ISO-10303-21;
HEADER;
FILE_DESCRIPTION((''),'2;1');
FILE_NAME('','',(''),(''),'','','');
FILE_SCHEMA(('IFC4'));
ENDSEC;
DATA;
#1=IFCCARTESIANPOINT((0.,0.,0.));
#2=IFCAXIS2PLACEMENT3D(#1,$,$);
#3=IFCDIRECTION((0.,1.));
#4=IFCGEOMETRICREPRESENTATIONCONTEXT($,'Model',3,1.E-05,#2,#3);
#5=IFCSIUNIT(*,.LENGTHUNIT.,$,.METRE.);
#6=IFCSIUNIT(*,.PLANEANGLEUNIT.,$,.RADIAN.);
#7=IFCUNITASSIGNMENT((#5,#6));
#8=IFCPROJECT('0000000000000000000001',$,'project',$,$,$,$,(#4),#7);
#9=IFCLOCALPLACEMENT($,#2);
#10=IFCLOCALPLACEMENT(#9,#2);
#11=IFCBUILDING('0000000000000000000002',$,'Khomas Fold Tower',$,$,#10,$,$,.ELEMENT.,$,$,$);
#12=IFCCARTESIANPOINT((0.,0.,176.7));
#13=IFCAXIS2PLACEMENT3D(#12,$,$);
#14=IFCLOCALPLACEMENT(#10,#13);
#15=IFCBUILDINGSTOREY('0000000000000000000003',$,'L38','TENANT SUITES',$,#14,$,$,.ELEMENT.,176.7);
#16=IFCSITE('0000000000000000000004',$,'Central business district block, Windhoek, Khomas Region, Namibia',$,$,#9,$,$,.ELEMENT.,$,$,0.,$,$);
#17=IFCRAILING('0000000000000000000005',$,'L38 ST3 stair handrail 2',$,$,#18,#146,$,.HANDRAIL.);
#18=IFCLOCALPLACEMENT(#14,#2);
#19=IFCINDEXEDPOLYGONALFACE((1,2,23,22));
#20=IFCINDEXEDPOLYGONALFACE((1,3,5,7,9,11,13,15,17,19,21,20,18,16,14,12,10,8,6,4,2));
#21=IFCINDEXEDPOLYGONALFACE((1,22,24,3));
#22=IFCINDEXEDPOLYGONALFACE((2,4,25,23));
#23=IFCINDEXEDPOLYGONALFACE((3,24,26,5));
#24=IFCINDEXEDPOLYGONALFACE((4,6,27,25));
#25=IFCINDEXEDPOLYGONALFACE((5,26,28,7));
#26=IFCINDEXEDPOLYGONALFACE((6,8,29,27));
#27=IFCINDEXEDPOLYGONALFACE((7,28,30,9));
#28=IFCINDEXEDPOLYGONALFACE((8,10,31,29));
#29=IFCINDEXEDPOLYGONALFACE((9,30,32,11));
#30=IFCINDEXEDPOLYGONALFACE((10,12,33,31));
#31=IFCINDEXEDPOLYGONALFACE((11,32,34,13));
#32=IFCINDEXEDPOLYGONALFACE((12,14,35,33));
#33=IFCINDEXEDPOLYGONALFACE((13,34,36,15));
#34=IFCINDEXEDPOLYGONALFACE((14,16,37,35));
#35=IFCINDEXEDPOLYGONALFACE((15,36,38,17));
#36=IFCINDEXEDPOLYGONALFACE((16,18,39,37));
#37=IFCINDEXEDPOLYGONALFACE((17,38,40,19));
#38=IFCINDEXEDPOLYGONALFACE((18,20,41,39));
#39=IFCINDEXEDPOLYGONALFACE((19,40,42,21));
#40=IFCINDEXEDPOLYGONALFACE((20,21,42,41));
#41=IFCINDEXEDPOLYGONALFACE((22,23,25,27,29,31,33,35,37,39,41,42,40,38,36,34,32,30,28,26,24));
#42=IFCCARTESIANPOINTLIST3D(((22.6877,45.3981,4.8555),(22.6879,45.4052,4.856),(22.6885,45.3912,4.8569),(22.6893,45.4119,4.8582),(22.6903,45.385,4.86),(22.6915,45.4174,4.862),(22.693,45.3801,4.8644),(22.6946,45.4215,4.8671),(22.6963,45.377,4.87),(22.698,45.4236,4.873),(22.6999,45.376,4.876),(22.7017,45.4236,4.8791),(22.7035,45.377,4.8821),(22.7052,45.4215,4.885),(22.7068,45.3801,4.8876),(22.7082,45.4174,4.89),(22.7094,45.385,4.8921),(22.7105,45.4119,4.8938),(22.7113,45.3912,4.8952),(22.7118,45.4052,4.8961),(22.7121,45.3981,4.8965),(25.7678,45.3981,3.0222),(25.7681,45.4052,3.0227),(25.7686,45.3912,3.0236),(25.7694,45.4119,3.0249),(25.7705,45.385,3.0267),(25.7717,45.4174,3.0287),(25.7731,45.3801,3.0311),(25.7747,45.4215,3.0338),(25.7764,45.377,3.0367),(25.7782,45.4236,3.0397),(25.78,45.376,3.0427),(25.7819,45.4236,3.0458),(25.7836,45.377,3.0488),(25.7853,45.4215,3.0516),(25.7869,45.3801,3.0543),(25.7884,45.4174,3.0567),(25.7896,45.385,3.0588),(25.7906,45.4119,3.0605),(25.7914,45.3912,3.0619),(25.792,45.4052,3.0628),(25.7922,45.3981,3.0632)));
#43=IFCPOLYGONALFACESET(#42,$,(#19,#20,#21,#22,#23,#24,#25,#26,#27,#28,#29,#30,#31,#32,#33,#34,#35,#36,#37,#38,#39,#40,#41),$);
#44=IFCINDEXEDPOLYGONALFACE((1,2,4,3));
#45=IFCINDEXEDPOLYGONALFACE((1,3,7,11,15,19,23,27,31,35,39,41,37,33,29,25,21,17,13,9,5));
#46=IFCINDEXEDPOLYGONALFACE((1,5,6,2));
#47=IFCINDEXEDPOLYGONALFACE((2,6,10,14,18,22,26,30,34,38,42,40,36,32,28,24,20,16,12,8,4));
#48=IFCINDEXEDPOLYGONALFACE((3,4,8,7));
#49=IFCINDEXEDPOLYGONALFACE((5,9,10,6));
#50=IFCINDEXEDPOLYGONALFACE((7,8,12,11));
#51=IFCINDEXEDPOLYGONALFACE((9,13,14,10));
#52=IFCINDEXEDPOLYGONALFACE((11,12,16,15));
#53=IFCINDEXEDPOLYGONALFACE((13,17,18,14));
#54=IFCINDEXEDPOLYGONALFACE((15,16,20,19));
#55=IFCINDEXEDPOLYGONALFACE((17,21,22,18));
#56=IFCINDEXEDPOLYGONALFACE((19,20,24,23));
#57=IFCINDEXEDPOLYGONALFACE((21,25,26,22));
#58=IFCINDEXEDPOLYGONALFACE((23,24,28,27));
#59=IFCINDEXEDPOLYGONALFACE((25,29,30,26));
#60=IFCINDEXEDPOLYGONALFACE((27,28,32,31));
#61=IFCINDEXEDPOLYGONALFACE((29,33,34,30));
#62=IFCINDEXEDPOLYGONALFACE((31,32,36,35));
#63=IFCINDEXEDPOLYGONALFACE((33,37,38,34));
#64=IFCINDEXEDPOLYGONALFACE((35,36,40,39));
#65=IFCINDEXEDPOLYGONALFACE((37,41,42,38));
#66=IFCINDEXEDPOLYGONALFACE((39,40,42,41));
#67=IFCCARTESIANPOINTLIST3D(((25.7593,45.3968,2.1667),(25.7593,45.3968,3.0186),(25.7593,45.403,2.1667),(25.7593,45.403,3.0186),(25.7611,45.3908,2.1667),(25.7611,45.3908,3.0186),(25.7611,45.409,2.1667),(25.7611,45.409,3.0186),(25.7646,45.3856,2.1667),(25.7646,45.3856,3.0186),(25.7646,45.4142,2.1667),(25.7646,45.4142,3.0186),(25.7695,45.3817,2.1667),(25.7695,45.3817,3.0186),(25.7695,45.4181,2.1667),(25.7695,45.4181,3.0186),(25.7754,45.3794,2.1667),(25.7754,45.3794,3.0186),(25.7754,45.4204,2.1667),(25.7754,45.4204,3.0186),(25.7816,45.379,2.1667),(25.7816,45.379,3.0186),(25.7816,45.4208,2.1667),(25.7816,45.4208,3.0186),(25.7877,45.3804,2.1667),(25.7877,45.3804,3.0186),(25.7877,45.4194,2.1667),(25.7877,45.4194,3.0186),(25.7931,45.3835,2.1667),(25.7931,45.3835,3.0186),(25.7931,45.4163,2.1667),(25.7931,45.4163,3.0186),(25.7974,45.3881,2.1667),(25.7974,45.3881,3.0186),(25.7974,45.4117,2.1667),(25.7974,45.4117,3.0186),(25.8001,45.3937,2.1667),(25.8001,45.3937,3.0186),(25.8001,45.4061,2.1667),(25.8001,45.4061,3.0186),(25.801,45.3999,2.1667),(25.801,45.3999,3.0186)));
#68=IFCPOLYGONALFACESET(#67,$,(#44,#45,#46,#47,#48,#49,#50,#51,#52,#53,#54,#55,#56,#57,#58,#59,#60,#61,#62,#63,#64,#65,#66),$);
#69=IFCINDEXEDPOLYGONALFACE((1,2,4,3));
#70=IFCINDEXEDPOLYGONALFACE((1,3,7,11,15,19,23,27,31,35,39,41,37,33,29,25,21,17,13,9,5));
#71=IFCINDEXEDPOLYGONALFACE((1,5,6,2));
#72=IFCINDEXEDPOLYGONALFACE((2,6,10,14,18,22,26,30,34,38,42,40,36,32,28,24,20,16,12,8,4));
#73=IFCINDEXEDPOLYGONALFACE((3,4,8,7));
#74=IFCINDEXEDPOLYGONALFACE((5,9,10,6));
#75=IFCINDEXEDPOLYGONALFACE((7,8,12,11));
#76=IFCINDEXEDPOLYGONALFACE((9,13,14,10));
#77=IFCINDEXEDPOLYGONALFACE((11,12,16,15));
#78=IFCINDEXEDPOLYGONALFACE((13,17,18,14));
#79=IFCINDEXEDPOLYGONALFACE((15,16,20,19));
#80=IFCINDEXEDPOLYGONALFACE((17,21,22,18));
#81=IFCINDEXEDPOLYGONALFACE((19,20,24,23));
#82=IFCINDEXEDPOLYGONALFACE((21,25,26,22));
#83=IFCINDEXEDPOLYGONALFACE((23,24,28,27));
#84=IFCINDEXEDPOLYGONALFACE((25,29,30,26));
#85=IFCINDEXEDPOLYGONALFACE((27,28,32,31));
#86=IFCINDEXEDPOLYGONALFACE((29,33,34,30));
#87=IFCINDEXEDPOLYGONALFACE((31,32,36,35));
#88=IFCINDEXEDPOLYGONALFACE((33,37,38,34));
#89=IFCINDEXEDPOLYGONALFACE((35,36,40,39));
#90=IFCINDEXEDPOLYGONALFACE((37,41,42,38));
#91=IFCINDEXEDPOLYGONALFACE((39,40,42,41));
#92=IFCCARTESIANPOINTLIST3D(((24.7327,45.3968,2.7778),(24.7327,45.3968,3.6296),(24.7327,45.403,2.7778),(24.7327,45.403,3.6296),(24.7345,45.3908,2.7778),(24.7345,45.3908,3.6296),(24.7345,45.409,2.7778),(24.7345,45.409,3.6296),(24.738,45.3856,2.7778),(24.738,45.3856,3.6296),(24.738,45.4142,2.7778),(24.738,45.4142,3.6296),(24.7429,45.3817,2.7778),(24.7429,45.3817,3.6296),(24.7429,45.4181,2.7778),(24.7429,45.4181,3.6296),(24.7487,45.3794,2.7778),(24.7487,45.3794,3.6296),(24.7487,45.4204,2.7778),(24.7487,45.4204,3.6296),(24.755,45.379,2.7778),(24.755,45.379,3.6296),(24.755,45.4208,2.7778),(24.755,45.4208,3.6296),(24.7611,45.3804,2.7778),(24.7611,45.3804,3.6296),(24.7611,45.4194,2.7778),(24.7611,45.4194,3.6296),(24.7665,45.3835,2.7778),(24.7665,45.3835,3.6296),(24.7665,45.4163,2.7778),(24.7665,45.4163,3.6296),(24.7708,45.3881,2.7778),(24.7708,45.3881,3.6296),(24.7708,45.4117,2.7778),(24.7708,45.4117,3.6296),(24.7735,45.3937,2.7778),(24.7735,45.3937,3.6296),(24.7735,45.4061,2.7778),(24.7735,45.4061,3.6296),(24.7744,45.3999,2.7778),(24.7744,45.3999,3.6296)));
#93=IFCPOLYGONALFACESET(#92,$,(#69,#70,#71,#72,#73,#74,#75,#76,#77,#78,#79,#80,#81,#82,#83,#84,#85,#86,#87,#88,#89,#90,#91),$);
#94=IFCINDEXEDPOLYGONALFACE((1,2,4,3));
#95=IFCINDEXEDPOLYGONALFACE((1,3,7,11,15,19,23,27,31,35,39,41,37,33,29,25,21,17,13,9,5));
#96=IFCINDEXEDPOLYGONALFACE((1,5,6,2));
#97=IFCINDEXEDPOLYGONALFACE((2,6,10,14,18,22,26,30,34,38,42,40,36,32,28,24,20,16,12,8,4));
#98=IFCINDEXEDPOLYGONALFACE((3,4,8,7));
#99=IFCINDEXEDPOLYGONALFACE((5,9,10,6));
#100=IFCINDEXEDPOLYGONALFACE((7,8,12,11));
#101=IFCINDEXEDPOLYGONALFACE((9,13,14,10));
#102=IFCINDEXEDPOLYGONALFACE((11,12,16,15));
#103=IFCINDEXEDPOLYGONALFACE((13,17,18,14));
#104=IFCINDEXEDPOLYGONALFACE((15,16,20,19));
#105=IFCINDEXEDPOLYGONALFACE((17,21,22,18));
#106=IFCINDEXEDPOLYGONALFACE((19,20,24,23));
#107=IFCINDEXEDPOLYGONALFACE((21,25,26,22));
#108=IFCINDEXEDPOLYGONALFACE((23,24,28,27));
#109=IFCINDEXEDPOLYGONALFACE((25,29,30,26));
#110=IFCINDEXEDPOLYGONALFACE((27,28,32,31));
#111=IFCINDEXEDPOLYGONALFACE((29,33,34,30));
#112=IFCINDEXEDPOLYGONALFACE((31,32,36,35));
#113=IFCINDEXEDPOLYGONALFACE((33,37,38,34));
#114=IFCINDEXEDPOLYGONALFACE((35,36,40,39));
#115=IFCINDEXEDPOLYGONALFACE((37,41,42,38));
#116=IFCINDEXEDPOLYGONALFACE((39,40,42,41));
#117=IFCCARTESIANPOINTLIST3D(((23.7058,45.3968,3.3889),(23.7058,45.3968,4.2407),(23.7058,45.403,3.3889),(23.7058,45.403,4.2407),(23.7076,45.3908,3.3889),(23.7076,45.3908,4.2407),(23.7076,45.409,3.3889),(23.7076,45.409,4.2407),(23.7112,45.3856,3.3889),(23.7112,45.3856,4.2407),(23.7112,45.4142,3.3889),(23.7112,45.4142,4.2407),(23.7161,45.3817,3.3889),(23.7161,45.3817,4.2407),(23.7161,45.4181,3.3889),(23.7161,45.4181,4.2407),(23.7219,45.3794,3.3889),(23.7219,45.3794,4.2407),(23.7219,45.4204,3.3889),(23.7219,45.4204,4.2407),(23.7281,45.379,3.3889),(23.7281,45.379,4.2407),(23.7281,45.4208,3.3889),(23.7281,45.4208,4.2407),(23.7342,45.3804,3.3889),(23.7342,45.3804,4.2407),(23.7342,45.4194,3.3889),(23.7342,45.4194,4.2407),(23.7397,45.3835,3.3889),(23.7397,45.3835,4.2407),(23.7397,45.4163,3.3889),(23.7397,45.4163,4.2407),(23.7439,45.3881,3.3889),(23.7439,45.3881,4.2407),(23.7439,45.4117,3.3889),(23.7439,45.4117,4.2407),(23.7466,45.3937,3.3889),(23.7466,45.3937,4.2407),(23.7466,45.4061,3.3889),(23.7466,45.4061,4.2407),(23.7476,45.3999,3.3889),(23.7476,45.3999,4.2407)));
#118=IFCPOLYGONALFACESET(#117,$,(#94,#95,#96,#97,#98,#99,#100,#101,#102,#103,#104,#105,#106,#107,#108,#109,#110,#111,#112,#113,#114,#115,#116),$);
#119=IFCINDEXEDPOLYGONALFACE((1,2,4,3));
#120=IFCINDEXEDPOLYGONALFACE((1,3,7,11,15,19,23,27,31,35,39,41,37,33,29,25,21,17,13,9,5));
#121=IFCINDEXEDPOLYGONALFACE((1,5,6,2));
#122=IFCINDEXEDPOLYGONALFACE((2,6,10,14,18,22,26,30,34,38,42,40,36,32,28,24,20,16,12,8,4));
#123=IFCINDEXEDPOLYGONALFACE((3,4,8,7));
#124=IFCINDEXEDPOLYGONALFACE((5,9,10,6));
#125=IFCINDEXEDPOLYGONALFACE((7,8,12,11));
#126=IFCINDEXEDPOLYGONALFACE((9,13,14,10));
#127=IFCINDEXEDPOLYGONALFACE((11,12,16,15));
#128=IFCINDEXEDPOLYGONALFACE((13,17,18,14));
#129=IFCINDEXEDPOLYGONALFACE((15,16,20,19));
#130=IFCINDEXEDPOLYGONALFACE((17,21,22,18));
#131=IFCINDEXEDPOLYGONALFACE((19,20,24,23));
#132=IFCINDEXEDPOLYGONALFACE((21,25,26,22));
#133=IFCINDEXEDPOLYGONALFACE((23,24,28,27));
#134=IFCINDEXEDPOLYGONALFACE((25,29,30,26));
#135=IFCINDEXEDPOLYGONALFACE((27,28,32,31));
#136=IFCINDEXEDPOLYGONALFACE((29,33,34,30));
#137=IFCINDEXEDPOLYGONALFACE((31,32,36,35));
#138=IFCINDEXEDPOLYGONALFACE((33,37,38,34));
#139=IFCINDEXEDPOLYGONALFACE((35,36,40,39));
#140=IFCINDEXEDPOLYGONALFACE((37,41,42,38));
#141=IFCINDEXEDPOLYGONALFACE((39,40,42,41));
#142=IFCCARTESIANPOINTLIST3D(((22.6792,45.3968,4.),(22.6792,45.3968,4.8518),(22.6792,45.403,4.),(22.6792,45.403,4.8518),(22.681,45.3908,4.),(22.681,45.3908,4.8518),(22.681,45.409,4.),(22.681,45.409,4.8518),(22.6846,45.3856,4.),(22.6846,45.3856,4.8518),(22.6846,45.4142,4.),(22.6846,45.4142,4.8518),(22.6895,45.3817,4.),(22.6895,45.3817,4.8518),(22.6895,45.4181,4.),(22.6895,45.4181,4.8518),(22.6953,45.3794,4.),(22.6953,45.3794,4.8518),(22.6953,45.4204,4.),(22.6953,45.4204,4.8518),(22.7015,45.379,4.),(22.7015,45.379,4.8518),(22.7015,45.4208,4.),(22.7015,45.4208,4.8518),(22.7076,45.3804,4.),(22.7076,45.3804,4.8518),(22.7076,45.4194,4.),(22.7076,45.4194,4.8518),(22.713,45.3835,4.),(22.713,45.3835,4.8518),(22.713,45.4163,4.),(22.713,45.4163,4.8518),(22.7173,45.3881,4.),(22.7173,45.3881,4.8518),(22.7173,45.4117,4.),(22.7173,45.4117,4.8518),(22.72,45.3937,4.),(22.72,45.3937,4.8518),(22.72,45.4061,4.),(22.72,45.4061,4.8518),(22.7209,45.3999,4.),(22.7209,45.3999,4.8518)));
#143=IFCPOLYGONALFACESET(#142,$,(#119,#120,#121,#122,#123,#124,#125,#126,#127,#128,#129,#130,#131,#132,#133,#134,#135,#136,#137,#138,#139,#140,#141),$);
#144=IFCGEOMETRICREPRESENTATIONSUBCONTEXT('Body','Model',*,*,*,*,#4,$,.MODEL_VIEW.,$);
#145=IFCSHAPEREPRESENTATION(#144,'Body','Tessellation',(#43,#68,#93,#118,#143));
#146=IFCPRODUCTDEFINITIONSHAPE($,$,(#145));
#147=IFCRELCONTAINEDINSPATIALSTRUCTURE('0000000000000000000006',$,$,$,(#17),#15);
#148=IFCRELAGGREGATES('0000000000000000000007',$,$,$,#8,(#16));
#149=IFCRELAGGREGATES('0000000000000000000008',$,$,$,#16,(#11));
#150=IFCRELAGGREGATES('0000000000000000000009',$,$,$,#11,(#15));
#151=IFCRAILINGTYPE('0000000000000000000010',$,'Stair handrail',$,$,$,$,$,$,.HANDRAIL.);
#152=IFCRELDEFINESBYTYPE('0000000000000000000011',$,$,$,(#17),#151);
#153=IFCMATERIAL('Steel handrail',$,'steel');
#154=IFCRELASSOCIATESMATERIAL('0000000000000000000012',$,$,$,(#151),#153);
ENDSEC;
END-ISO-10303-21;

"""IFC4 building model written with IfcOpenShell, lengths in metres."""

from ifc_helpers import new_model, si_unit, direction, frame, origin, origin_2d, place, context, subcontext, project, spatial, circle, extrude, source, transform, mapped, material, type_object, element, save


model = new_model("IFC4")

# Units and contexts
model_context = context("Model", 3, precision=1e-05, world=origin(), true_north=direction((0.0, 1.0)))
body_context = subcontext(model_context, "Body", "Model", "MODEL_VIEW")
ifc_project = project(units=[si_unit("LENGTHUNIT", "METRE"), si_unit("PLANEANGLEUNIT", "RADIAN")], contexts=[model_context])

# Site, building, storey
site_placement = place(None, origin())
site = spatial("IfcSite", under=ifc_project, at=site_placement, Name="Central business district block, Windhoek, Khomas Region, Namibia", CompositionType="ELEMENT", RefElevation=0.0)
building_placement = place(site_placement, origin())
building = spatial("IfcBuilding", under=site, at=building_placement, Name="Khomas Fold Tower", CompositionType="ELEMENT")
storey_placement = place(building_placement, frame((0.0, 0.0, 176.7)))
storey = spatial("IfcBuildingStorey", under=building, at=storey_placement, Name="L38", Description="TENANT SUITES", CompositionType="ELEMENT", Elevation=176.7)

# Railing
ifc_material_1 = material(Name="Steel handrail", Category="steel")
railing_type_1 = type_object("IfcRailingType", Name="Stair handrail", PredefinedType="HANDRAIL", material=ifc_material_1)
shared_shape_1 = source(origin(), body_context, "Body", "SweptSolid", [
    extrude(circle(Radius=0.0239, at=origin_2d()), frame((0.0, 0.0, 0.876), z_axis=(-0.859309, 0.0, 0.511458), x_axis=(0.0, -1.0, 0.0)), (0.0, 0.0, 1.0), 3.5845),
    extrude(circle(Radius=0.021, at=origin_2d()), origin(), (0.0, 0.0, 1.0), 0.8518),
    extrude(circle(Radius=0.021, at=origin_2d()), frame((-1.0266, 0.0, 0.6111)), (0.0, 0.0, 1.0), 0.8518),
    extrude(circle(Radius=0.021, at=origin_2d()), frame((-2.0535, 0.0, 1.2222)), (0.0, 0.0, 1.0), 0.8518),
    extrude(circle(Radius=0.021, at=origin_2d()), frame((-3.0801, 0.0, 1.8333)), (0.0, 0.0, 1.0), 0.8518),
])
railing_1_placement = place(storey_placement, frame((25.78, 45.3999, 2.1667)))
element("IfcRailing", 1, at=railing_1_placement, inside=storey, type_object=railing_type_1, Name="L38 ST3 stair handrail 2", PredefinedType="HANDRAIL", context=body_context, shape_type="MappedRepresentation", body=[
    mapped(shared_shape_1, transform((0.0, 0.0, 0.0))),
])

save(model, "model.ifc")
